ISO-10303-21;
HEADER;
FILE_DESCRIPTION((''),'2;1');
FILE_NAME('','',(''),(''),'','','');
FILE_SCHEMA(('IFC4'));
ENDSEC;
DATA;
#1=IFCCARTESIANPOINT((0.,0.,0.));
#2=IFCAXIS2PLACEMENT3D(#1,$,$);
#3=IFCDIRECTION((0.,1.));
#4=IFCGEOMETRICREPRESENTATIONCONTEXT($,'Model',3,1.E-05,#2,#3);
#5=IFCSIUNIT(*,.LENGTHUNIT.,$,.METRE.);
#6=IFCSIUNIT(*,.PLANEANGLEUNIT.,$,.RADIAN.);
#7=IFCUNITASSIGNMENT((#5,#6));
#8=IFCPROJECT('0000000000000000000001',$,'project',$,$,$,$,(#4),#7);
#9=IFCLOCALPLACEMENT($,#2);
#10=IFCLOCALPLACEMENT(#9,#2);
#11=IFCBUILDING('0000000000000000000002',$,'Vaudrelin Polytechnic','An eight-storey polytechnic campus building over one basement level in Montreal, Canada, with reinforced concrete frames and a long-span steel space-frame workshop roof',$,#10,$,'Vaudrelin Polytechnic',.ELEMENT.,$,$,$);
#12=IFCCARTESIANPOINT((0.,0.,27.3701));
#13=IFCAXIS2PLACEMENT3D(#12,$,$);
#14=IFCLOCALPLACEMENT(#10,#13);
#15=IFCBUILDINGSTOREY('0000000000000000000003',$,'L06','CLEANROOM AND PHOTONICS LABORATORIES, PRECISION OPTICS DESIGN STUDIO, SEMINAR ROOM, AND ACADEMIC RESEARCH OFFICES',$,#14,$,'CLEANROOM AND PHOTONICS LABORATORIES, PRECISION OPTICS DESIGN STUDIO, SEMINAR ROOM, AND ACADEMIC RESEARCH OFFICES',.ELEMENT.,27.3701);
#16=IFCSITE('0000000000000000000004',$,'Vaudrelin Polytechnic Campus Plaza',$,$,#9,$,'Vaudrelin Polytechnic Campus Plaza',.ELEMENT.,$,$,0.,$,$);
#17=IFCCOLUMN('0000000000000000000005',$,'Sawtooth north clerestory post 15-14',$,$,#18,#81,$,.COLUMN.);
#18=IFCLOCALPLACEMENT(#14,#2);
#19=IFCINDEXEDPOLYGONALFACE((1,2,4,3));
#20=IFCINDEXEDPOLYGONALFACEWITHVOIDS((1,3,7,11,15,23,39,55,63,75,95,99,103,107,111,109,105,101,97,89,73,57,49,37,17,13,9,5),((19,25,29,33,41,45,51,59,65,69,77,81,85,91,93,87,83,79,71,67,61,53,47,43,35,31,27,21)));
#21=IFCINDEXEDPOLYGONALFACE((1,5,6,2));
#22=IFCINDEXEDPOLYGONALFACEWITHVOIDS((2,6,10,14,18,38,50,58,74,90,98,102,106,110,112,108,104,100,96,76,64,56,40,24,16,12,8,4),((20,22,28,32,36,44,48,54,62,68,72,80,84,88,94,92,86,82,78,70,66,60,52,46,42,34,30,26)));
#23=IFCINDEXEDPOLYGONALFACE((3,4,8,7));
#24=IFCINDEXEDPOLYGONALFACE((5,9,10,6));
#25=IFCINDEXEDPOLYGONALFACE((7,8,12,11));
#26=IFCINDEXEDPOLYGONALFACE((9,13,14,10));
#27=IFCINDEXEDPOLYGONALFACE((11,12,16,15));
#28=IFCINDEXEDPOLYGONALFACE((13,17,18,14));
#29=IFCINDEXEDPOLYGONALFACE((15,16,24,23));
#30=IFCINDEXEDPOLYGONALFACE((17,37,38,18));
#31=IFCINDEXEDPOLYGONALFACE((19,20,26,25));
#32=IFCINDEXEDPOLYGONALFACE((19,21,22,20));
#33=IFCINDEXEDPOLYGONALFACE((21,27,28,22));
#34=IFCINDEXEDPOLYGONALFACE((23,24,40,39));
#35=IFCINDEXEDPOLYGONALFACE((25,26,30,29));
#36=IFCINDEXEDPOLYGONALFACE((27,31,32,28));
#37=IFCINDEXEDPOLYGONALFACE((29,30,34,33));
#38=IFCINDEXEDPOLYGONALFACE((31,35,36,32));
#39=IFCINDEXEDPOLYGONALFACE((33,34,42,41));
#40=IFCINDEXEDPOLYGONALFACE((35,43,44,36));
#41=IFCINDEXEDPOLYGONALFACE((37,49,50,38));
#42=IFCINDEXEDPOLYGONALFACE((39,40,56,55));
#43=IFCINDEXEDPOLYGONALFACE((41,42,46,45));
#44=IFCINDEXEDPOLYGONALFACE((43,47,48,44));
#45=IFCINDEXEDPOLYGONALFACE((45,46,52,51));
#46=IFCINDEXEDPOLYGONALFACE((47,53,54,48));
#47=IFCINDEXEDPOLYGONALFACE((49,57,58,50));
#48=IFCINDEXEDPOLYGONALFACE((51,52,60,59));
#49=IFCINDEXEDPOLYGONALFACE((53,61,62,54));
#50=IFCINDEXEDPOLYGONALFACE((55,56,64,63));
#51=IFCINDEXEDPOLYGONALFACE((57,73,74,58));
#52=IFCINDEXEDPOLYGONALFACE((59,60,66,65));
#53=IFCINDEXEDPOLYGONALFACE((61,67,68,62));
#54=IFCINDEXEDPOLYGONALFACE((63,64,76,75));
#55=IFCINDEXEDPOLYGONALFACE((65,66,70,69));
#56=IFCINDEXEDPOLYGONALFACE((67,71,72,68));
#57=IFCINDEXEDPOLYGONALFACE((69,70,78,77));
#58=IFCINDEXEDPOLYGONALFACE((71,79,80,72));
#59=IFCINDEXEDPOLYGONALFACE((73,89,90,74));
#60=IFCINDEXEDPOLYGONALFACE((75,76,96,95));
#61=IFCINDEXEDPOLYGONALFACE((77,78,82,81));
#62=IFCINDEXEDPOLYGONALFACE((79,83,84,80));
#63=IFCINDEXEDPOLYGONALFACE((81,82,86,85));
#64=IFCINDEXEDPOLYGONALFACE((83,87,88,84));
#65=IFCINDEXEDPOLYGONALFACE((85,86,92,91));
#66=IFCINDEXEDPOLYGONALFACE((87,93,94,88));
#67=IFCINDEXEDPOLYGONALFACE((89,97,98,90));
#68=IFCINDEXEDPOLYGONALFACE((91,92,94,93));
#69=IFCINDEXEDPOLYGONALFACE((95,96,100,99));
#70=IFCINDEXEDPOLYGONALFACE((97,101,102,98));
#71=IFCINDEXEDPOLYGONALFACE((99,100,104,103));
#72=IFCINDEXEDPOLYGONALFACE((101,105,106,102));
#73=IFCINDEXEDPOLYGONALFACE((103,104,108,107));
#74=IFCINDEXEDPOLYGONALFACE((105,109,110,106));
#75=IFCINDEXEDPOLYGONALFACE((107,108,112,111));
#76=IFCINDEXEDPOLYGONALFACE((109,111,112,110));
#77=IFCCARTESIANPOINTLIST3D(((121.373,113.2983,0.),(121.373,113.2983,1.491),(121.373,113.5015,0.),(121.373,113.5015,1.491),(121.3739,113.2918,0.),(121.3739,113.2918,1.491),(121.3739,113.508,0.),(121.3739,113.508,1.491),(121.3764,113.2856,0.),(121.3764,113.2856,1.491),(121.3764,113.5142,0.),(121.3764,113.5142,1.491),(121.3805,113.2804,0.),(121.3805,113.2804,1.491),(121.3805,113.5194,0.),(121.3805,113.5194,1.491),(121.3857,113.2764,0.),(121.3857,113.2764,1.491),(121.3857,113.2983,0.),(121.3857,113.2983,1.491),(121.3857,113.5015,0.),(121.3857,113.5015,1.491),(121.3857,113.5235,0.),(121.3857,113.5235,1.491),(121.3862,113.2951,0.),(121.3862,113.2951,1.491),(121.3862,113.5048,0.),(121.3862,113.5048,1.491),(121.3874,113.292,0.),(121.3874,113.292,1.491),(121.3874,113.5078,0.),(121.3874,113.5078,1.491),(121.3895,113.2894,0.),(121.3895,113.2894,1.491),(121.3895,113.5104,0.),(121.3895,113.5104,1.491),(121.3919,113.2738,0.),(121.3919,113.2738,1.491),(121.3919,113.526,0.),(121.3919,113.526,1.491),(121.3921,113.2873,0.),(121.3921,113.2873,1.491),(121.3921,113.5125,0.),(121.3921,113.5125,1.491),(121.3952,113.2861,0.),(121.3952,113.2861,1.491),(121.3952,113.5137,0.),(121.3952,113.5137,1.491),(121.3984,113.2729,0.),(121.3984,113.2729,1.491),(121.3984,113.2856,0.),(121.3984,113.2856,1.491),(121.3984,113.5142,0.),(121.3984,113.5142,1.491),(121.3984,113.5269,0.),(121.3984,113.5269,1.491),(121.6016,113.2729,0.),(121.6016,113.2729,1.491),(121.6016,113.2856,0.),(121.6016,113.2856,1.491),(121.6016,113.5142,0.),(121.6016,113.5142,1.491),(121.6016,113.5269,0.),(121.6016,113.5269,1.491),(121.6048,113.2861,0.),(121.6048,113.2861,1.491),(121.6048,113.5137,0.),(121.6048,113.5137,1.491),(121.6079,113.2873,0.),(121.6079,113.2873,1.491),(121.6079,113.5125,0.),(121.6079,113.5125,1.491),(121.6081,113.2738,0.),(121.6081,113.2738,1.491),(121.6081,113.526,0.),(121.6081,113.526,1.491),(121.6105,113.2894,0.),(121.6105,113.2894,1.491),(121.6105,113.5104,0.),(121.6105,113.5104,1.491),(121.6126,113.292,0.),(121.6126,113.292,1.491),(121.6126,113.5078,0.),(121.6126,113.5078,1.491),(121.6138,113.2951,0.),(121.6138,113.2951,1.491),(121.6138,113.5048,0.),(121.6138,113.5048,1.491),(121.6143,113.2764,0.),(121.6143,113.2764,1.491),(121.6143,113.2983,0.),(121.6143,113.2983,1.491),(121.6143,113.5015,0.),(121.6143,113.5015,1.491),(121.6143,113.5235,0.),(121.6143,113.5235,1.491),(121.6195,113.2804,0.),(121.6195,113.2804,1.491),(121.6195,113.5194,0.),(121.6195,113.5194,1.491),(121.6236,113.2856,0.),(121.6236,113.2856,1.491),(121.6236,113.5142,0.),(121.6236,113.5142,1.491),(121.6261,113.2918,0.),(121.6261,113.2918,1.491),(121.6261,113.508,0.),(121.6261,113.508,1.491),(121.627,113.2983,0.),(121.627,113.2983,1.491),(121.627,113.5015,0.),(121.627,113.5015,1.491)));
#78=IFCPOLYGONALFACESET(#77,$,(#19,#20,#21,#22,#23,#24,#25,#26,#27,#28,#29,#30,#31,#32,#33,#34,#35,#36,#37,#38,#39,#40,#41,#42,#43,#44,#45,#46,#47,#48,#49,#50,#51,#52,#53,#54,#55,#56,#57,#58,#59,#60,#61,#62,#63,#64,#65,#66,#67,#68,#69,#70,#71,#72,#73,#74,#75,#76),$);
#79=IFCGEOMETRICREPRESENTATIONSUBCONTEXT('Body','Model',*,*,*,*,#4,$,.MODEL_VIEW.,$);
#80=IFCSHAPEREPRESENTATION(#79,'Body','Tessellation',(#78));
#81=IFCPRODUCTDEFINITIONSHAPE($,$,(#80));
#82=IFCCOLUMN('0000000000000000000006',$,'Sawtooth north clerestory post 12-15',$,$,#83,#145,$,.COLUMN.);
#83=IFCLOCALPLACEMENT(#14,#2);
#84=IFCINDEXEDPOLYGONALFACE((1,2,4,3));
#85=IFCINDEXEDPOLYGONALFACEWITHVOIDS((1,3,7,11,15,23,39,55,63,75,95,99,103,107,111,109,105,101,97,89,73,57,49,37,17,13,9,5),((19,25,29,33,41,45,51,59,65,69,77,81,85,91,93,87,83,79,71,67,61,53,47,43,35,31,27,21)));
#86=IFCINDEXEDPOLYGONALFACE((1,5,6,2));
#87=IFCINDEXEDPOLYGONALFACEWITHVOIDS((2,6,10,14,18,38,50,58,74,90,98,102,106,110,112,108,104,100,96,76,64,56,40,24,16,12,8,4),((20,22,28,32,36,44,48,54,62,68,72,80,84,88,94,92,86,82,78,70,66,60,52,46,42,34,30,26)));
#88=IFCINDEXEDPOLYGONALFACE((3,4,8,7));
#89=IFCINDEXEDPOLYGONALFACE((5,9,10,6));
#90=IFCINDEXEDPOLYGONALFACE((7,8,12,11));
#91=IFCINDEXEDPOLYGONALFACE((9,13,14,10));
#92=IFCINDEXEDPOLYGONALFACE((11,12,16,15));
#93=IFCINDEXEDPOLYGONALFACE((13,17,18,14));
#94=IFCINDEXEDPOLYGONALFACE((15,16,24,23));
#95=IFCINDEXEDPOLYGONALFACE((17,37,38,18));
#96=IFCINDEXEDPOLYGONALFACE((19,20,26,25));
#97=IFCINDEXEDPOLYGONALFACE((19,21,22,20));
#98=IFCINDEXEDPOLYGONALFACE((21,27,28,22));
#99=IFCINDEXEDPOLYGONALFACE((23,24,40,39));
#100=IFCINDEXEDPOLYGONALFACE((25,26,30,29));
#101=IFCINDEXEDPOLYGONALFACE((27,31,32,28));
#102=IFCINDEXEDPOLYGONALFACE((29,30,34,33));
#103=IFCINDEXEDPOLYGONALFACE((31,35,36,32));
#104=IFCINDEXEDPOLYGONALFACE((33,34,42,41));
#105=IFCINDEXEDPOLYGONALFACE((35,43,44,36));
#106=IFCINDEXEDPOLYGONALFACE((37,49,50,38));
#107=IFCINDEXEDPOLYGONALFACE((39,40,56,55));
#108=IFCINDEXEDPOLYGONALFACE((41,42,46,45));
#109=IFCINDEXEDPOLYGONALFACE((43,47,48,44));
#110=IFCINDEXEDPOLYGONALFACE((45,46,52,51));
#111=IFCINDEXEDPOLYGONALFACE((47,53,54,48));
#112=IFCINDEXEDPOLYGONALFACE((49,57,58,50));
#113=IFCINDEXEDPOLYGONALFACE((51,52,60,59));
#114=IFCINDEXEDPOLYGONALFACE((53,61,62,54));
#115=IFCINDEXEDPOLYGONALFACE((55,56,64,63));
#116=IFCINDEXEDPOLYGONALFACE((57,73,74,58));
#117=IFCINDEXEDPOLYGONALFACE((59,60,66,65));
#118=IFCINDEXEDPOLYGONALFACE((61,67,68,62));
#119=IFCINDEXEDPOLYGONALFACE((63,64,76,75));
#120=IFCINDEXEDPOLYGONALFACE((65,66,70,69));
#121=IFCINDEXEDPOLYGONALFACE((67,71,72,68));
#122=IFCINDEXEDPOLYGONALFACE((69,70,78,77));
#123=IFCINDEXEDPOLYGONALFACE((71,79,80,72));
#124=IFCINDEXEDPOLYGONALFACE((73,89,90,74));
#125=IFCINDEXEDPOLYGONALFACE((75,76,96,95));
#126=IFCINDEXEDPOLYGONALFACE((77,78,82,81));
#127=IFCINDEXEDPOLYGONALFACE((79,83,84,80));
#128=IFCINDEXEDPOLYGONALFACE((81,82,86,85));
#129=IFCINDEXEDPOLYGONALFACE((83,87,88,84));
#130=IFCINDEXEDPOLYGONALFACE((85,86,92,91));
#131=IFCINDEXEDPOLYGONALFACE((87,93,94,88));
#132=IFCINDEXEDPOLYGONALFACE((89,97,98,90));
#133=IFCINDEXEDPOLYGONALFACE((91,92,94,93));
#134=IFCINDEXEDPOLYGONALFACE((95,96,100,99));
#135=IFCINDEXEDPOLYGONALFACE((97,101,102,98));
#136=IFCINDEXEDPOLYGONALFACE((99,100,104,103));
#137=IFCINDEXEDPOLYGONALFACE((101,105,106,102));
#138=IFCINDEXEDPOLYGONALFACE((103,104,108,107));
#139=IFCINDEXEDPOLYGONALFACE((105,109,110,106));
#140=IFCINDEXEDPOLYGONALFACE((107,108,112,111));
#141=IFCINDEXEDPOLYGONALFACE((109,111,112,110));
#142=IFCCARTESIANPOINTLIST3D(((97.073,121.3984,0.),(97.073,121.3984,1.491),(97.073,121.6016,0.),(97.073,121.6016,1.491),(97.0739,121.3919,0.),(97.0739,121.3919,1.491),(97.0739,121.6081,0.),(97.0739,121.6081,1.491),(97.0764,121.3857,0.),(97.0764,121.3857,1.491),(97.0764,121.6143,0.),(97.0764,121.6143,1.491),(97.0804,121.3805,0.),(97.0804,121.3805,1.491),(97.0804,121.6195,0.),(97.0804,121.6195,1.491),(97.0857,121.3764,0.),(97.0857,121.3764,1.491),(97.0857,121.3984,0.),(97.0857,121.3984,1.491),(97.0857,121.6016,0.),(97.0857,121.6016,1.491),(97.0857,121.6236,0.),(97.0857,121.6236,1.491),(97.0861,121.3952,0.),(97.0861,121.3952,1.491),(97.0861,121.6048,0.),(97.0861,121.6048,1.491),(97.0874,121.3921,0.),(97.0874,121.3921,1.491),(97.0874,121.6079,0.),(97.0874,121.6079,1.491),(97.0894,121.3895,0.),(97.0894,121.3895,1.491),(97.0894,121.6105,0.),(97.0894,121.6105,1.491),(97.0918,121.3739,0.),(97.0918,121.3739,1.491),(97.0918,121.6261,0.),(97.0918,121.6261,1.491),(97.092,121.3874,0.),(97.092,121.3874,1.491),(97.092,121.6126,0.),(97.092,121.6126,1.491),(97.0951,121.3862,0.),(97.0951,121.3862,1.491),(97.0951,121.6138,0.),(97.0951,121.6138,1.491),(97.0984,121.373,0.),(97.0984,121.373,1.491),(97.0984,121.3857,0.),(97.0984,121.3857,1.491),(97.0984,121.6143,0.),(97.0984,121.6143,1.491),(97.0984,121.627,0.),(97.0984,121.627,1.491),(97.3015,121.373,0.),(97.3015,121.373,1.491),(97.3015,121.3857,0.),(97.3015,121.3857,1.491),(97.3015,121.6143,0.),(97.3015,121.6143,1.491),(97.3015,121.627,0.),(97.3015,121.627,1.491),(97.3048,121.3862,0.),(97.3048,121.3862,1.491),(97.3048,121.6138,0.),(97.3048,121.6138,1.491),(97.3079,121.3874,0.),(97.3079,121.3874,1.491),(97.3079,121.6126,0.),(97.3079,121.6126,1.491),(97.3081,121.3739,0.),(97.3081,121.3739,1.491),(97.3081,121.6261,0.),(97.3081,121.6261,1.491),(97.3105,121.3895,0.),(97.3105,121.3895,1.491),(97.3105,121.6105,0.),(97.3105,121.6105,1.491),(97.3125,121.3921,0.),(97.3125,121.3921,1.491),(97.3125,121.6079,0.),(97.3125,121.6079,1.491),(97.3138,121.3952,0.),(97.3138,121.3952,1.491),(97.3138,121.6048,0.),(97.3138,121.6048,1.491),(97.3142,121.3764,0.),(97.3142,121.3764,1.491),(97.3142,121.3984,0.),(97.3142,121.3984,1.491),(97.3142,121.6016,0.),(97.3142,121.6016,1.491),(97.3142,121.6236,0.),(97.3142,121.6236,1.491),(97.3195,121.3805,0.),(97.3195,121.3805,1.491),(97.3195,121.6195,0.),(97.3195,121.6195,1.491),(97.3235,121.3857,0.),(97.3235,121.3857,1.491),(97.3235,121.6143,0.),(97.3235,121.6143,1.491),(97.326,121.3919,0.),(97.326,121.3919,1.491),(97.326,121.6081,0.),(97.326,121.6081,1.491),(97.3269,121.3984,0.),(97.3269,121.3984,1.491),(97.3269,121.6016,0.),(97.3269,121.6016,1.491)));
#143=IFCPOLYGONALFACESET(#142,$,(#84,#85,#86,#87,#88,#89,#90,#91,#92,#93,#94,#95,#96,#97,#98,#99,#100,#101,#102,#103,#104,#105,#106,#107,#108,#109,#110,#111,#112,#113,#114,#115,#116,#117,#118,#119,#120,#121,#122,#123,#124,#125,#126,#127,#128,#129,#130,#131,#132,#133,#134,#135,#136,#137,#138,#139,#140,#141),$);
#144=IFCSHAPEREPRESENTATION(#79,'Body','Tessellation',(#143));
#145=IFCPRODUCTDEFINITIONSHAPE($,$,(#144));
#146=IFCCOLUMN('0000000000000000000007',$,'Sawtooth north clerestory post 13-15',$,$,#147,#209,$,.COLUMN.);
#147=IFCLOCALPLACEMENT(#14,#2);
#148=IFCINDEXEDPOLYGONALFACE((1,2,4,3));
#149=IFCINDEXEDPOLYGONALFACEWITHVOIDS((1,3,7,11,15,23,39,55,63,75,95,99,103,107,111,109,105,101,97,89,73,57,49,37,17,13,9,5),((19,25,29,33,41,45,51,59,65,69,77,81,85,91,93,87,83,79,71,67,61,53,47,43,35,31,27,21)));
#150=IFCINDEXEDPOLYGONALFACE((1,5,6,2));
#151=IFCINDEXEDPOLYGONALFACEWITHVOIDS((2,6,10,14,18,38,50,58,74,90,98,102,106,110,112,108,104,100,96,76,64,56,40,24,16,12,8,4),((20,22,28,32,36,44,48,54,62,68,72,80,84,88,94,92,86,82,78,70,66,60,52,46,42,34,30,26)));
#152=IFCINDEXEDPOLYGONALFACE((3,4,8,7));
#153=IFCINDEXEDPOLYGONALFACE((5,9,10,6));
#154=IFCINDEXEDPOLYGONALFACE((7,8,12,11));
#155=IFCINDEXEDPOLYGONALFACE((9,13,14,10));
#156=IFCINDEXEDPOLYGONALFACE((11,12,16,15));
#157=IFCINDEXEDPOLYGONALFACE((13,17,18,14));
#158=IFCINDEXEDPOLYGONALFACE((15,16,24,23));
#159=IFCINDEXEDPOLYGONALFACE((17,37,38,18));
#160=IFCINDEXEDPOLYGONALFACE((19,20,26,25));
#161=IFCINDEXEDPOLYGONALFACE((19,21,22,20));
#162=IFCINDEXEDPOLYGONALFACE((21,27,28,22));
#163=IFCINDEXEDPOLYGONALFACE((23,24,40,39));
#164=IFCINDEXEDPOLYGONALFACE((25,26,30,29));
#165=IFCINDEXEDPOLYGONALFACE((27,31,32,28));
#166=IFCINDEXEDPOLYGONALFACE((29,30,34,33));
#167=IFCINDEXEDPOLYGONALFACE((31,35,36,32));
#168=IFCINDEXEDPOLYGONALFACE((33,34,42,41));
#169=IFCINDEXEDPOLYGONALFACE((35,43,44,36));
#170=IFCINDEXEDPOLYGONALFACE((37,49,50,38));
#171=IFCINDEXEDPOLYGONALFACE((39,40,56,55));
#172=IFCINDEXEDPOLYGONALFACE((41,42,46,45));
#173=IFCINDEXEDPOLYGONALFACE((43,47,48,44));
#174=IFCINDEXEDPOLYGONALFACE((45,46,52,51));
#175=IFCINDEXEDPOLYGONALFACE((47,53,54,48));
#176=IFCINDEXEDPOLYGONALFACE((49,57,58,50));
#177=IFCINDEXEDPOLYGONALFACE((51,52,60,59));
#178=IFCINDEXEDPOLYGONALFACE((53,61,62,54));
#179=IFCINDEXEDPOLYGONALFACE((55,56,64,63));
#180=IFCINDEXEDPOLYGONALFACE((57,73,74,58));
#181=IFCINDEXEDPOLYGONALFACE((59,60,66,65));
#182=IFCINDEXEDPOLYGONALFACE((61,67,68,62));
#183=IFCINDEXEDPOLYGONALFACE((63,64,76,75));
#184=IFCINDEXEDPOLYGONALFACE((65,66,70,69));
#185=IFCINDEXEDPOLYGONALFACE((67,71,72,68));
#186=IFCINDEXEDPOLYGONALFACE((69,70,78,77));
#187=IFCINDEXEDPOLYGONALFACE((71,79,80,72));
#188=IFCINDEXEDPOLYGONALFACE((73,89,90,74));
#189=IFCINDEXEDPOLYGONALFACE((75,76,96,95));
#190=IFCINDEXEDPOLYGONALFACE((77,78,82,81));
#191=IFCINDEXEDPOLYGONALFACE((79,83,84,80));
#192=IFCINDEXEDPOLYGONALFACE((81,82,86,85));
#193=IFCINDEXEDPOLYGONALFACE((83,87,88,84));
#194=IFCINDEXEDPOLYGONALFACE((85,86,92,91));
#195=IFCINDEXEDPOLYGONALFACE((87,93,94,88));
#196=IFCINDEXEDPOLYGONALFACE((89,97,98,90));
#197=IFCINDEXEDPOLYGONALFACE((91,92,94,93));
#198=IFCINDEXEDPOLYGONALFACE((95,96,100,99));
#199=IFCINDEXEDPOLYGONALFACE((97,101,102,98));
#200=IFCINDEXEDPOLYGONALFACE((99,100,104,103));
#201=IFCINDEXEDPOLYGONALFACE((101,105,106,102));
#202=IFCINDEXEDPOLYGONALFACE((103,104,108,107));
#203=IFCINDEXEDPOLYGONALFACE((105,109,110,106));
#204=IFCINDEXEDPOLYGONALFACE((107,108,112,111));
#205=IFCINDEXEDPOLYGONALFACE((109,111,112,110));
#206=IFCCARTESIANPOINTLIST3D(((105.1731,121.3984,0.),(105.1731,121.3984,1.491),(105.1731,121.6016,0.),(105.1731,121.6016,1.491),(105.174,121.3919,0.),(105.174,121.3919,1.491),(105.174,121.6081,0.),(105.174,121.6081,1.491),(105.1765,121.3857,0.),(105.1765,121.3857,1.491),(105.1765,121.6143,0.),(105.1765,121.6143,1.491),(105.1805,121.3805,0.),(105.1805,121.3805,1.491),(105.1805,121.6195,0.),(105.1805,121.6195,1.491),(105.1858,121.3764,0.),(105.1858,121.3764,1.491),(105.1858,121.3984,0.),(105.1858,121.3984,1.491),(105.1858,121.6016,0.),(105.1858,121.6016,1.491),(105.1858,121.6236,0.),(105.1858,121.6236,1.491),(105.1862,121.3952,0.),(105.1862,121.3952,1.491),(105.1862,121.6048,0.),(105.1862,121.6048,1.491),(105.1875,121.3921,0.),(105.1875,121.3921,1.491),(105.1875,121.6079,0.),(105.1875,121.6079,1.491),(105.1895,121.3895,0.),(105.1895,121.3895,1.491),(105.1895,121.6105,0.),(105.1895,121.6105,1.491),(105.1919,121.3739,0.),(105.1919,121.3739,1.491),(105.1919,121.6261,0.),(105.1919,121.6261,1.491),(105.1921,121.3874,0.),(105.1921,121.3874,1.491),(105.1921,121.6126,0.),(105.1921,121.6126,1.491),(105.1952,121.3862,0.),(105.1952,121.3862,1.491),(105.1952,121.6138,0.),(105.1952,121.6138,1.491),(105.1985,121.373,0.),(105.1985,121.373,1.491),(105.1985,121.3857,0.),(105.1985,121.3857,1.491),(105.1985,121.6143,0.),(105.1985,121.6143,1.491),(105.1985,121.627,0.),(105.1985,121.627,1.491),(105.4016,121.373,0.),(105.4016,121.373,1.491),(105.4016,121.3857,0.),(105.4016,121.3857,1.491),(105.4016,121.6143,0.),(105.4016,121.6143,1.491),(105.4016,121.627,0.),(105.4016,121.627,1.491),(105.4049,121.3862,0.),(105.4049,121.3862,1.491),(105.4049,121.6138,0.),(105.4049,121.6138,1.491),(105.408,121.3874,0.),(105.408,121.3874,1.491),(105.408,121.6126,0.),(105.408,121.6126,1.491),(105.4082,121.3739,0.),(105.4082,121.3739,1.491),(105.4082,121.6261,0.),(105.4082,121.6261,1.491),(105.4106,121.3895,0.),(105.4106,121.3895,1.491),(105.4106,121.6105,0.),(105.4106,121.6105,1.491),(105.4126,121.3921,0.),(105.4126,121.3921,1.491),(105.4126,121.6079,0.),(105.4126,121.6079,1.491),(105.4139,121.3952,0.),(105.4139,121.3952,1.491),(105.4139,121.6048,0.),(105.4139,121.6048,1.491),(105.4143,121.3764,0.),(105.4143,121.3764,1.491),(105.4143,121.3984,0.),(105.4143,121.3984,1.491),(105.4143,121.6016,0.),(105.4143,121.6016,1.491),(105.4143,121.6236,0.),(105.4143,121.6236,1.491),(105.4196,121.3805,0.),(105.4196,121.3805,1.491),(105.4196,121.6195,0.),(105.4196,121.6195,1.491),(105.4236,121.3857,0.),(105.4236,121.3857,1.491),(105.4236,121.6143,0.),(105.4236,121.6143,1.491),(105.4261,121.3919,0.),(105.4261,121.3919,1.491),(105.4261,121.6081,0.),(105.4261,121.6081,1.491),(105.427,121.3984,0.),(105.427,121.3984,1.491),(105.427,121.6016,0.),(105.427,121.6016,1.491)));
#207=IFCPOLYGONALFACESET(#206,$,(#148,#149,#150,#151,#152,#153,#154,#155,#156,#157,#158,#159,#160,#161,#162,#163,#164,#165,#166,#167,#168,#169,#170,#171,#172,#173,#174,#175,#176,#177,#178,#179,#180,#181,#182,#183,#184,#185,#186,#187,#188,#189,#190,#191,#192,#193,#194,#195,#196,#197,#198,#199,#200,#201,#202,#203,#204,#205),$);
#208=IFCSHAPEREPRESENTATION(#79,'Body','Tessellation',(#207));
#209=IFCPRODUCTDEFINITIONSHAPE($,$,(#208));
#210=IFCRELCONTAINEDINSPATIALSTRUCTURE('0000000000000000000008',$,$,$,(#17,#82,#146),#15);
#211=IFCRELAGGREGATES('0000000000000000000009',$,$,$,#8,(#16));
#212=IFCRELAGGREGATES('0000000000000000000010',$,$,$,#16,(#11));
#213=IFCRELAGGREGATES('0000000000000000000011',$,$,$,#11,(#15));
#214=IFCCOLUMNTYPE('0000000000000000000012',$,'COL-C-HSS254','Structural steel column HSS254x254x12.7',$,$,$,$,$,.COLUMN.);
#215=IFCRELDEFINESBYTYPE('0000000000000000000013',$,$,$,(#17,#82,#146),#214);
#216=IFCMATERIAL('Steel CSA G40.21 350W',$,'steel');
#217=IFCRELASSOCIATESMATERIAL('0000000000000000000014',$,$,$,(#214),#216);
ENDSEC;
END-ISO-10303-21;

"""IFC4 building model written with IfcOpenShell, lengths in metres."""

from ifc_helpers import new_model, si_unit, direction, frame, origin, origin_2d, place, context, subcontext, project, spatial, hollow_rectangle, extrude, material, material_profile, profile_set, type_object, element, save


model = new_model("IFC4")

# Units and contexts
model_context = context("Model", 3, precision=1e-05, world=origin(), true_north=direction((0.0, 1.0)))
body_context = subcontext(model_context, "Body", "Model", "MODEL_VIEW")
ifc_project = project(units=[si_unit("LENGTHUNIT", "METRE"), si_unit("PLANEANGLEUNIT", "RADIAN")], contexts=[model_context])

# Site, building, storey
site_placement = place(None, origin())
site = spatial("IfcSite", under=ifc_project, at=site_placement, Name="Vaudrelin Polytechnic Campus Plaza", LongName="Vaudrelin Polytechnic Campus Plaza", CompositionType="ELEMENT", RefElevation=0.0)
building_placement = place(site_placement, origin())
building = spatial("IfcBuilding", under=site, at=building_placement, Name="Vaudrelin Polytechnic", Description="An eight-storey polytechnic campus building over one basement level in Montreal, Canada, with reinforced concrete frames and a long-span steel space-frame workshop roof", LongName="Vaudrelin Polytechnic", CompositionType="ELEMENT")
storey_placement = place(building_placement, frame((0.0, 0.0, 27.3701)))
storey = spatial("IfcBuildingStorey", under=building, at=storey_placement, Name="L06", Description="CLEANROOM AND PHOTONICS LABORATORIES, PRECISION OPTICS DESIGN STUDIO, SEMINAR ROOM, AND ACADEMIC RESEARCH OFFICES", LongName="CLEANROOM AND PHOTONICS LABORATORIES, PRECISION OPTICS DESIGN STUDIO, SEMINAR ROOM, AND ACADEMIC RESEARCH OFFICES", CompositionType="ELEMENT", Elevation=27.3701)

# Columns
ifc_material_1 = material(Name="Steel CSA G40.21 350W", Category="steel")
ifc_material_profile_1 = material_profile(ifc_material_1, hollow_rectangle(XDim=0.2539, YDim=0.2539, WallThickness=0.0127, InnerFilletRadius=0.0127, OuterFilletRadius=0.0254, at=origin_2d()), Name="HSS254x254x12.7")
ifc_profile_set_1 = profile_set([ifc_material_profile_1], Name="Steel CSA G40.21 350W")
column_type = type_object("IfcColumnType", Name="COL-C-HSS254", Description="Structural steel column HSS254x254x12.7", PredefinedType="COLUMN", material=ifc_profile_set_1)
for number, where, z_axis, x_axis, name in (
    (1, (121.5, 113.3999, 0.0), (0.0, 0.0, 1.0), (1.0, 0.0, 0.0), "Sawtooth north clerestory post 15-14"),
    (2, (97.2, 121.5, 0.0), (0.0, 0.0, 1.0), (1.0, 0.0, 0.0), "Sawtooth north clerestory post 12-15"),
    (3, (105.3, 121.5, 0.0), (0.0, 0.0, 1.0), (1.0, 0.0, 0.0), "Sawtooth north clerestory post 13-15"),
):
    element("IfcColumn", number, at=place(storey_placement, frame(where, z_axis=z_axis, x_axis=x_axis)), inside=storey, type_object=column_type, Name=name, PredefinedType="COLUMN", context=body_context, shape_type="SweptSolid", body=[
        extrude(hollow_rectangle(XDim=0.2539, YDim=0.2539, WallThickness=0.0127, InnerFilletRadius=0.0127, OuterFilletRadius=0.0254, at=origin_2d()), origin(), (0.0, 0.0, 1.0), 1.491),
    ])

save(model, "model.ifc")
